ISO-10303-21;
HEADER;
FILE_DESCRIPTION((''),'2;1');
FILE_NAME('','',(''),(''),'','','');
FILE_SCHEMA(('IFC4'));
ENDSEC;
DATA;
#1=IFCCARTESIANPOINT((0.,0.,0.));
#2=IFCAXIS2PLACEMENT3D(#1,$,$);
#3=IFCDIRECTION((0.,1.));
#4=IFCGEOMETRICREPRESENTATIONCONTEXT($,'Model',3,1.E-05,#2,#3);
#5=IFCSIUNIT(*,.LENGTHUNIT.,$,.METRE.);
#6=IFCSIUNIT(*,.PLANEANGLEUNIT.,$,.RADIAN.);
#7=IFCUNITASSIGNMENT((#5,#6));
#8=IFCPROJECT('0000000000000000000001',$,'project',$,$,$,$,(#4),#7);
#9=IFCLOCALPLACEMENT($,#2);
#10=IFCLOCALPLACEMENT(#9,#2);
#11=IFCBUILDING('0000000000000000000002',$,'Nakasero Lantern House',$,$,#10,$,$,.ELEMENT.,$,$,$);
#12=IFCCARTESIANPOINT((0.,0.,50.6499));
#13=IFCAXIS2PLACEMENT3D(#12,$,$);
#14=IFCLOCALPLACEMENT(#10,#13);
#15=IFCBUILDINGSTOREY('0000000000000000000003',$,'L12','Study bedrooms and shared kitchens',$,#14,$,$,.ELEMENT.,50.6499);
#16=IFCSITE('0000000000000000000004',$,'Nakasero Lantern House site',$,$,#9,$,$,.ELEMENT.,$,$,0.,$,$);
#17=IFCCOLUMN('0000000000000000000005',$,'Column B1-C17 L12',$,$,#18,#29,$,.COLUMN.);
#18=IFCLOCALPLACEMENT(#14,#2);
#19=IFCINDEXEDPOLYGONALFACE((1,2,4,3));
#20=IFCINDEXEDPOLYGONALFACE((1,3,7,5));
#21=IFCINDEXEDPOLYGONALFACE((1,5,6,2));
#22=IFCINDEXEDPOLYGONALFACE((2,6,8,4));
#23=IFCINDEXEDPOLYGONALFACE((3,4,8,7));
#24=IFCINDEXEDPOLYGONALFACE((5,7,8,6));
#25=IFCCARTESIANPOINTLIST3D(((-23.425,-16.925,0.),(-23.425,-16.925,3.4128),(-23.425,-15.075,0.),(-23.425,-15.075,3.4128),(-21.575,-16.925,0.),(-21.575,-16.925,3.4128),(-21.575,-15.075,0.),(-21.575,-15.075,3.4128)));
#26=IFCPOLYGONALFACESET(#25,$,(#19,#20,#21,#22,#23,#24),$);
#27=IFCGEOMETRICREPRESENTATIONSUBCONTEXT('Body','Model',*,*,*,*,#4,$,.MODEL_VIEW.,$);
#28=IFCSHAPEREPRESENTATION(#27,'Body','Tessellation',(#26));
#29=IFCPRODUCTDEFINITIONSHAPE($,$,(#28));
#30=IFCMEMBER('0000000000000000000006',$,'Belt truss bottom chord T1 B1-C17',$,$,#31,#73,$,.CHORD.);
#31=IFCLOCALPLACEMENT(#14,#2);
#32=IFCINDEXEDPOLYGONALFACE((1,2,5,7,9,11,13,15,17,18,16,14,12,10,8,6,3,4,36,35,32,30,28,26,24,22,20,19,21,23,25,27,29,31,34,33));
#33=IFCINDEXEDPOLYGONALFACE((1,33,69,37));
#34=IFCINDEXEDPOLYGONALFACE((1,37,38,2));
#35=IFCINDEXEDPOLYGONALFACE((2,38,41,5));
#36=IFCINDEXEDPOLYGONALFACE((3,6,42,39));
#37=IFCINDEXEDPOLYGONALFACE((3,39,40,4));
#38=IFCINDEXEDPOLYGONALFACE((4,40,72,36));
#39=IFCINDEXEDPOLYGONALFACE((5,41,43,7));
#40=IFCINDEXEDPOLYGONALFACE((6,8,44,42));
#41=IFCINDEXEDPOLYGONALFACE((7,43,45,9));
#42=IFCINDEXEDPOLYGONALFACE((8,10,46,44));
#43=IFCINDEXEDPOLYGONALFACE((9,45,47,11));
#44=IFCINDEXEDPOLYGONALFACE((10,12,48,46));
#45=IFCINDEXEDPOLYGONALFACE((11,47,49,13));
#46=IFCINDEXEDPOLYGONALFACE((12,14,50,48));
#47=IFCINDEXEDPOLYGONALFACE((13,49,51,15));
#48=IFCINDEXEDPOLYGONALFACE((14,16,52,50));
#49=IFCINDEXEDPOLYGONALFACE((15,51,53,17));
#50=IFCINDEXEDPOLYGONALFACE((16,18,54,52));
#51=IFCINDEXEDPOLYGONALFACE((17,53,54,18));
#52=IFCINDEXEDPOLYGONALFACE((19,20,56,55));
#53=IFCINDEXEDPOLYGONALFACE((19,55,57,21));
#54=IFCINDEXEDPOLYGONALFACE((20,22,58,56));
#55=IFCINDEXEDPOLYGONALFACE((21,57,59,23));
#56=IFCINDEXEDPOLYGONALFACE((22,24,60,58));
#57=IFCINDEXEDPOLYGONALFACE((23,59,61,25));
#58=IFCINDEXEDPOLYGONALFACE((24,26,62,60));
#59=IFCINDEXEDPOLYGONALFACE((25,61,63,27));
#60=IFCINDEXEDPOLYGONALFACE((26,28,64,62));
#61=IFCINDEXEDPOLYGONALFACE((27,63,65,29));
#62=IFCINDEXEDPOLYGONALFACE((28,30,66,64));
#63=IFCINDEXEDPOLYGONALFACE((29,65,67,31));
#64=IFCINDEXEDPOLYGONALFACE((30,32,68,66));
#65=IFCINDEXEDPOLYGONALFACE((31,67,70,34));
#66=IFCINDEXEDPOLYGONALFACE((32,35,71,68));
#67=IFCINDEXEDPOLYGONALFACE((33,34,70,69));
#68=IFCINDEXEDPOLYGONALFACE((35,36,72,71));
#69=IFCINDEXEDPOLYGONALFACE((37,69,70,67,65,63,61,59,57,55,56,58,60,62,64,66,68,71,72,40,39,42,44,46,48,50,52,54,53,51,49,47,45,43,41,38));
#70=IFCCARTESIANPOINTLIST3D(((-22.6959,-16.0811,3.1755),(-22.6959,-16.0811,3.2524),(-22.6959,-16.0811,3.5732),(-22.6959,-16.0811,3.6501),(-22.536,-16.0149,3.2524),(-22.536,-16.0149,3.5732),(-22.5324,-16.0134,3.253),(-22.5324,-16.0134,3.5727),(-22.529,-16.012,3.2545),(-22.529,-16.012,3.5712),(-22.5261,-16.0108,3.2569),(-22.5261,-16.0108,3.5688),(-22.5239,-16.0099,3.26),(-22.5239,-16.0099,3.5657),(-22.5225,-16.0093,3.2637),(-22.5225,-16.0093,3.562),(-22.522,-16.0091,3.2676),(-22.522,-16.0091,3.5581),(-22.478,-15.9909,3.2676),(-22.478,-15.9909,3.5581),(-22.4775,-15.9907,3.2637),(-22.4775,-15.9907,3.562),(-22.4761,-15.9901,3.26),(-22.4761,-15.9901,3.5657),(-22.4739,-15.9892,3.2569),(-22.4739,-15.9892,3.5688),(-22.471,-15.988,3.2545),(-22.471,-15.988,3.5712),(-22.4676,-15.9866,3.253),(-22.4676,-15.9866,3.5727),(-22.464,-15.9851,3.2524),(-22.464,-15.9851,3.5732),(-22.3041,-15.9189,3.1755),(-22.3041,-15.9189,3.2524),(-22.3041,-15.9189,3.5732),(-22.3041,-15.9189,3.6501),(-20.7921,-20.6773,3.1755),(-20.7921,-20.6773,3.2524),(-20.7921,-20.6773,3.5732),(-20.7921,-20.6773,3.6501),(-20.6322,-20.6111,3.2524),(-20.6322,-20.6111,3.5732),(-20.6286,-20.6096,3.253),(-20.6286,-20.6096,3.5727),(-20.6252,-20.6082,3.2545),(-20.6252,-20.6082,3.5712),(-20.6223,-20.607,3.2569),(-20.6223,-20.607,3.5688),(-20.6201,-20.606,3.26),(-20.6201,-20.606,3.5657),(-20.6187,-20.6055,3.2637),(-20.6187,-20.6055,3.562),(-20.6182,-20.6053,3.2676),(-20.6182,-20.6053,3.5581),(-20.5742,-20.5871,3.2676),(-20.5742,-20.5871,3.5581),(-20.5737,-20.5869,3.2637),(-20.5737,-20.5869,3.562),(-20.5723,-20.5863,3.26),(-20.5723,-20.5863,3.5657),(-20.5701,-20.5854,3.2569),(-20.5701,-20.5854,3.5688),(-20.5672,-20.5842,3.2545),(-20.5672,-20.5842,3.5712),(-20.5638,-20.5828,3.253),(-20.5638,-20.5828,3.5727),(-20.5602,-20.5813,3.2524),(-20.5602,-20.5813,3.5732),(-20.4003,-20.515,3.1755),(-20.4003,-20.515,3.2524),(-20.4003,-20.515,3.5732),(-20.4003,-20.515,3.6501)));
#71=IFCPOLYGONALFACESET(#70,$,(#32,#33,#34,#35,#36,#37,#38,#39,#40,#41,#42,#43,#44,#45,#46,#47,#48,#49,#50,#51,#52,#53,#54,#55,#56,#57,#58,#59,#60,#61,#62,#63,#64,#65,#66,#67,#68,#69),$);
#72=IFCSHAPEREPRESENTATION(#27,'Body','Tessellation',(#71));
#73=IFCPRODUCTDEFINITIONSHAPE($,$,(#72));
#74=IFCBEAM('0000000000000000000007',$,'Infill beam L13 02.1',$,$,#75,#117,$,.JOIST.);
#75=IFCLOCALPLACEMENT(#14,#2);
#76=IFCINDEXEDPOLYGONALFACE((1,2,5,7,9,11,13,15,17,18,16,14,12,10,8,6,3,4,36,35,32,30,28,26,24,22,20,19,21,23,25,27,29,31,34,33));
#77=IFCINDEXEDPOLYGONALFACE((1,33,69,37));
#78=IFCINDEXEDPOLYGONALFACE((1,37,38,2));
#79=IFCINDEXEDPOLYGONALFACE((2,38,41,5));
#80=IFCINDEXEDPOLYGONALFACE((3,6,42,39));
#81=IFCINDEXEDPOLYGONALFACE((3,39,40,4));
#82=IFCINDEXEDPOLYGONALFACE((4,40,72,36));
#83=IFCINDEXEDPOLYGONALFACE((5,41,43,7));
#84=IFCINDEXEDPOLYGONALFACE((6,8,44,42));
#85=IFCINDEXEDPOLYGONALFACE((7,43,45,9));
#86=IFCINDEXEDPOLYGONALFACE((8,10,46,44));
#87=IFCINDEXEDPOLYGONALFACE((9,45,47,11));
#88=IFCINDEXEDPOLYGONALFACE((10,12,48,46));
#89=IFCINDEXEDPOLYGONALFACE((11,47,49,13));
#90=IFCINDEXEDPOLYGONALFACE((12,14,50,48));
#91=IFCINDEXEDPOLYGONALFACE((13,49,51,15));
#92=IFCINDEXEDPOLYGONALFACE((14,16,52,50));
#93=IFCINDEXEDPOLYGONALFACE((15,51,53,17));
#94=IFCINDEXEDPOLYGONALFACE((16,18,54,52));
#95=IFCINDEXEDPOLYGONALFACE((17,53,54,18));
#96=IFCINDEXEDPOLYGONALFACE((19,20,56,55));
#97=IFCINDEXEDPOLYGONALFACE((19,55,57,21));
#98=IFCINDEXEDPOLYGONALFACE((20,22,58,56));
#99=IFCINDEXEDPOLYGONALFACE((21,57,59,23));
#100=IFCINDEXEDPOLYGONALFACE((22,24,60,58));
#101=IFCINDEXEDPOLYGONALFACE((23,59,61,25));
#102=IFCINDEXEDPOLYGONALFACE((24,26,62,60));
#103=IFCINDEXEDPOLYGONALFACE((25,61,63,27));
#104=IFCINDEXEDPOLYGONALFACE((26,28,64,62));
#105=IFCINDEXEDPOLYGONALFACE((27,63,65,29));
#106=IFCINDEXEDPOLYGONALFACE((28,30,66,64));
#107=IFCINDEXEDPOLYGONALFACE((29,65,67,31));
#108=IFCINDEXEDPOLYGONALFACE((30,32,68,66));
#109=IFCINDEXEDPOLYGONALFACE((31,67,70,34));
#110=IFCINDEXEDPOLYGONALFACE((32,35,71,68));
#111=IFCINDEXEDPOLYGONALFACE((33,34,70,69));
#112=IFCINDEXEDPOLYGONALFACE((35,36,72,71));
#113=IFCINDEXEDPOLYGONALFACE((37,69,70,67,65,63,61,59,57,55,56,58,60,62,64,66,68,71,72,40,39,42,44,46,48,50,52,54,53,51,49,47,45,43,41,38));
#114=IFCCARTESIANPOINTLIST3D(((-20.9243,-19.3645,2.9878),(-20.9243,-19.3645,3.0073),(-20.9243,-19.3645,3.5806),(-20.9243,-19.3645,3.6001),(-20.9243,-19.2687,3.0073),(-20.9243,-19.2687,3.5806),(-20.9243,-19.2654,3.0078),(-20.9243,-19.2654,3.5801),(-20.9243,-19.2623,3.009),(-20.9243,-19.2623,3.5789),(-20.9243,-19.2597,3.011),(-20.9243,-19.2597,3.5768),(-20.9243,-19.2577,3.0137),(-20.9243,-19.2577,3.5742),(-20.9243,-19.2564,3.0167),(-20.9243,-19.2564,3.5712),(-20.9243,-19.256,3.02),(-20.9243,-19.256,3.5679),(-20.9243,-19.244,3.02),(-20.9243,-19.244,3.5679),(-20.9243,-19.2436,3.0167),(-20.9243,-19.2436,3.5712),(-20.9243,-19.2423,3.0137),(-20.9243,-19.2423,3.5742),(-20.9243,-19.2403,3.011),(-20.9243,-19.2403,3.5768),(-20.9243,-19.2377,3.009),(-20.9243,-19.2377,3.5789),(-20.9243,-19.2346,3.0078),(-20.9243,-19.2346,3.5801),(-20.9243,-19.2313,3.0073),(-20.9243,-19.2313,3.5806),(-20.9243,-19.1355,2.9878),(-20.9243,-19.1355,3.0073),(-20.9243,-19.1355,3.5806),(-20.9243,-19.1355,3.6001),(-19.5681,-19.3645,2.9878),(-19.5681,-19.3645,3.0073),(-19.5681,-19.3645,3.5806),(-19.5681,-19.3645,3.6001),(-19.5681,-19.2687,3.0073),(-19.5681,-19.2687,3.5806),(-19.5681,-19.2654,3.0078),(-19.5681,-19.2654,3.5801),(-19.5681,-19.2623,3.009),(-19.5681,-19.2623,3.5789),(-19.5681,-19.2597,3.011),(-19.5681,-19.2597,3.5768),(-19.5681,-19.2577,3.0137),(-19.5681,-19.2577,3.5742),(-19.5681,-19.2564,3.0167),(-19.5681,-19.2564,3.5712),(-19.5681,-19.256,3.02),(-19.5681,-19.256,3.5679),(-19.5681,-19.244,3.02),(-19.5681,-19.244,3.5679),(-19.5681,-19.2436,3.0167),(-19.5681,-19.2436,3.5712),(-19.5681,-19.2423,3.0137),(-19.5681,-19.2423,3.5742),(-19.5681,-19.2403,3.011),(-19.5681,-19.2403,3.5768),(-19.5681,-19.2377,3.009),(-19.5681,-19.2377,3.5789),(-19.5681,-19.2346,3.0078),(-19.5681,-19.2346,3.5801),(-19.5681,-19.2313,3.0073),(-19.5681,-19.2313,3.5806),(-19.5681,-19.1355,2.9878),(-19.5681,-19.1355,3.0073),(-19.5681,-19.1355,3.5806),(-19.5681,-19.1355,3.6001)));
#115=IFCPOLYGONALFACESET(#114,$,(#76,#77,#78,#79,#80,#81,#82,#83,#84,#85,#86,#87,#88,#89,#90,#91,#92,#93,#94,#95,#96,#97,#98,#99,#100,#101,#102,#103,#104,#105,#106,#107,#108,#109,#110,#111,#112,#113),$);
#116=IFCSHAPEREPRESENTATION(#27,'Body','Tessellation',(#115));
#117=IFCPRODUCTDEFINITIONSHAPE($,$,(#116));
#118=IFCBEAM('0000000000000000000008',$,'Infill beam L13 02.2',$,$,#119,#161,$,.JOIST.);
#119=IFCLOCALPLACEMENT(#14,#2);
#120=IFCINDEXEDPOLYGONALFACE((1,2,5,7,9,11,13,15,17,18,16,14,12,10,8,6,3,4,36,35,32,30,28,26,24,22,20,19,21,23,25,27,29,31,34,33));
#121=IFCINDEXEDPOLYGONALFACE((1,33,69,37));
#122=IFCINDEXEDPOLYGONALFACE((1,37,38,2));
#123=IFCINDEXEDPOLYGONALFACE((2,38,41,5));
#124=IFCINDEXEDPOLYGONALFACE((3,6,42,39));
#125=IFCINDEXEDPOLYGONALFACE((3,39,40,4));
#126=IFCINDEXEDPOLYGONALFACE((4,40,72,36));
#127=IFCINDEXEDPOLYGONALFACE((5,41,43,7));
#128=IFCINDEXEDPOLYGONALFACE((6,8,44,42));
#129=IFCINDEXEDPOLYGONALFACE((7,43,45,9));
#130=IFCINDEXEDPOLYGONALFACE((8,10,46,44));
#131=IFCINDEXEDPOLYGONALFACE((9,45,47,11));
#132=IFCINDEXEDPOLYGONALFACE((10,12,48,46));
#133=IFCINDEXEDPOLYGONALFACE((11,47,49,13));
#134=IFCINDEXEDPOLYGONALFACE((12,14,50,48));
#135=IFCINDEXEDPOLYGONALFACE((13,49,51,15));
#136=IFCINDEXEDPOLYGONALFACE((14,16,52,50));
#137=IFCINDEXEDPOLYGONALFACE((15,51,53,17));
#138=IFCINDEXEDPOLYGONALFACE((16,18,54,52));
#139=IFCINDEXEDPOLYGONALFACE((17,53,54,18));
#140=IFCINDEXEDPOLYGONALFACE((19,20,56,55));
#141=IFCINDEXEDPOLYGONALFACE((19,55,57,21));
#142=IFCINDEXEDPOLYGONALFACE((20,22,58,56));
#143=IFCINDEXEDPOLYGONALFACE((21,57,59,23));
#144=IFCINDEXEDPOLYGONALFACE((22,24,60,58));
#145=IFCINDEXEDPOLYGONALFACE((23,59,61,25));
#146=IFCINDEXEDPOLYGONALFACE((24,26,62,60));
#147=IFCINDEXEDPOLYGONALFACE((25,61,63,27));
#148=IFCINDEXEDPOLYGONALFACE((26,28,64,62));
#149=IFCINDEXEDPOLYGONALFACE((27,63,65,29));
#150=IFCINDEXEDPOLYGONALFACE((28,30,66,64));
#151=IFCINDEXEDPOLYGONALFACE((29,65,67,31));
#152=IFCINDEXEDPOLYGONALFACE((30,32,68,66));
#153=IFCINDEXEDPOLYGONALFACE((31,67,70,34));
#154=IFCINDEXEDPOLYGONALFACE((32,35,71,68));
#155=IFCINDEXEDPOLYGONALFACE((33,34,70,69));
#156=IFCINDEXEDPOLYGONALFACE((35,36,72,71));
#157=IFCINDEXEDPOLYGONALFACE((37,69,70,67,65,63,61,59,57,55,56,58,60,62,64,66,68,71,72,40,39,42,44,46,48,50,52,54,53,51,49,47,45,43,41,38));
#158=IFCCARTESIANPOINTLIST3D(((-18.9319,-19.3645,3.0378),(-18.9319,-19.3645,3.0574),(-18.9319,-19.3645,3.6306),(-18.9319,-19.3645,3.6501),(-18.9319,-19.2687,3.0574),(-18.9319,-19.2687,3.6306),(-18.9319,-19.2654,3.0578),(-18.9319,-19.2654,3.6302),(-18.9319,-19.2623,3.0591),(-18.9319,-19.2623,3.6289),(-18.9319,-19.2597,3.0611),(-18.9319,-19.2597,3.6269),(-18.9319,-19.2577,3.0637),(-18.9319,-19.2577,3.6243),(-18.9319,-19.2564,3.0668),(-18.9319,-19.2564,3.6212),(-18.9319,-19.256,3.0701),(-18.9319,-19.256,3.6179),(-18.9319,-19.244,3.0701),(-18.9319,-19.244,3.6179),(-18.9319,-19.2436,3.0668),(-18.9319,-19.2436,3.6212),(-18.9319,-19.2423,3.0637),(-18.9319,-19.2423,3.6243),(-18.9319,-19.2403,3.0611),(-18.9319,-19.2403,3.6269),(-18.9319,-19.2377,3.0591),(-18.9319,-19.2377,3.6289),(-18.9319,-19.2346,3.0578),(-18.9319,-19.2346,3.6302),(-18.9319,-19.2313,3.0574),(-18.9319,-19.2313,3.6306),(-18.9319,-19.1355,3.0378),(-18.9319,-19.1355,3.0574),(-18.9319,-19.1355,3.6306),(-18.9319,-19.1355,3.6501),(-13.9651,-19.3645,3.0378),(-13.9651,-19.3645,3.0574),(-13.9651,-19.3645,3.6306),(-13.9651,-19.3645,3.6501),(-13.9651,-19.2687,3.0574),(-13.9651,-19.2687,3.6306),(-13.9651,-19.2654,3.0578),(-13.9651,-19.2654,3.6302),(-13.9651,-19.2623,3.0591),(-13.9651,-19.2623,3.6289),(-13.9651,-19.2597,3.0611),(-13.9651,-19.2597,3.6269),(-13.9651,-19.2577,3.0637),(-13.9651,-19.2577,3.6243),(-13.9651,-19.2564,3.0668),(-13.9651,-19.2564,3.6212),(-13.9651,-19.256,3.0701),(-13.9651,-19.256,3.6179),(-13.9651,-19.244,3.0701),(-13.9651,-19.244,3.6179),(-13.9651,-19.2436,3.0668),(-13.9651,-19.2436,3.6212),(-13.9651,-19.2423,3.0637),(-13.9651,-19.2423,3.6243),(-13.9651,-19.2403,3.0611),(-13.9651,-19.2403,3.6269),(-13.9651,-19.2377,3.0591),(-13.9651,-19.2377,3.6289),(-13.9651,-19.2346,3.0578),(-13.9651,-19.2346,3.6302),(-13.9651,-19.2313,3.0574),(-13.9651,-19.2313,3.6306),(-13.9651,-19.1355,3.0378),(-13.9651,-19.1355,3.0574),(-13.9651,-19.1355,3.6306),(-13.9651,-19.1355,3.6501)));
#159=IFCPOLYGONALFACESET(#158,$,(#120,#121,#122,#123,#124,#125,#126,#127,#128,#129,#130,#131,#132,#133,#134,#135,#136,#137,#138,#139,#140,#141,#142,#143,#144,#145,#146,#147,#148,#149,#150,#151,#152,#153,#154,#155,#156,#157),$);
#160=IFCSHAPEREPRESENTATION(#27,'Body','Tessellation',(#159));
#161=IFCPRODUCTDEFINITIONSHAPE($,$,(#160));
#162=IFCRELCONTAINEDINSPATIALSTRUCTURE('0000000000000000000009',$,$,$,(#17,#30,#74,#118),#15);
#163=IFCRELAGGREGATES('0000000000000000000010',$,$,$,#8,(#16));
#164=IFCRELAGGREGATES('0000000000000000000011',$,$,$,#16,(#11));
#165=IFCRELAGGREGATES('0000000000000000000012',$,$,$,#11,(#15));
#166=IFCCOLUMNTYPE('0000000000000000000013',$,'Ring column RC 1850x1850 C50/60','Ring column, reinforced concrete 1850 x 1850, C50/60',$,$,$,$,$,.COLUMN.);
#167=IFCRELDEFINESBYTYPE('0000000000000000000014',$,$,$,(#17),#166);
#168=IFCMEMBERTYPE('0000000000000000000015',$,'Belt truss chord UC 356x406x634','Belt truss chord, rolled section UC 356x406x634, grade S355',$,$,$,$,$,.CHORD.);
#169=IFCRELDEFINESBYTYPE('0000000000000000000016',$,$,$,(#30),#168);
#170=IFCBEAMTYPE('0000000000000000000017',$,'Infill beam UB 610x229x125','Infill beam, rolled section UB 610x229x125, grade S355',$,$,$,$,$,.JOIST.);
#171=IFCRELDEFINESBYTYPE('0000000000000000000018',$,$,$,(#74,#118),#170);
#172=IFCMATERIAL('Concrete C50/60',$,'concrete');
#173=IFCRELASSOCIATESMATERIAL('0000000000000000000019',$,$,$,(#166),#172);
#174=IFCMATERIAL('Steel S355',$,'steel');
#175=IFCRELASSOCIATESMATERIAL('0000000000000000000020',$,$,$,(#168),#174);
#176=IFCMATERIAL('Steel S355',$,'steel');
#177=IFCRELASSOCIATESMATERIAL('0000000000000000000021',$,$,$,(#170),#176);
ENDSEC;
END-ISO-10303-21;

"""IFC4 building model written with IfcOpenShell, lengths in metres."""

from ifc_helpers import new_model, si_unit, direction, frame, origin, origin_2d, place, context, subcontext, project, spatial, rectangle, i_section, extrude, material, material_profile, profile_set, type_object, element, save


model = new_model("IFC4")

# Units and contexts
model_context = context("Model", 3, precision=1e-05, world=origin(), true_north=direction((0.0, 1.0)))
body_context = subcontext(model_context, "Body", "Model", "MODEL_VIEW")
ifc_project = project(units=[si_unit("LENGTHUNIT", "METRE"), si_unit("PLANEANGLEUNIT", "RADIAN")], contexts=[model_context])

# Site, building, storey
site_placement = place(None, origin())
site = spatial("IfcSite", under=ifc_project, at=site_placement, Name="Nakasero Lantern House site", CompositionType="ELEMENT", RefElevation=0.0)
building_placement = place(site_placement, origin())
building = spatial("IfcBuilding", under=site, at=building_placement, Name="Nakasero Lantern House", CompositionType="ELEMENT")
storey_placement = place(building_placement, frame((0.0, 0.0, 50.6499)))
storey = spatial("IfcBuildingStorey", under=building, at=storey_placement, Name="L12", Description="Study bedrooms and shared kitchens", CompositionType="ELEMENT", Elevation=50.6499)

# Column
ifc_material_1 = material(Name="Concrete C50/60", Category="concrete")
ifc_material_profile_1 = material_profile(ifc_material_1, rectangle(XDim=1.8501, YDim=1.8501, at=origin_2d()), Name="RC 1850x1850")
ifc_profile_set_1 = profile_set([ifc_material_profile_1], Name="Concrete C50/60")
column_type = type_object("IfcColumnType", Name="Ring column RC 1850x1850 C50/60", Description="Ring column, reinforced concrete 1850 x 1850, C50/60", PredefinedType="COLUMN", material=ifc_profile_set_1)
column_placement = place(storey_placement, frame((-22.5, -16.0, 0.0), z_axis=(0.0, 0.0, 1.0), x_axis=(1.0, 0.0, 0.0)))
element("IfcColumn", 1, at=column_placement, inside=storey, type_object=column_type, Name="Column B1-C17 L12", PredefinedType="COLUMN", context=body_context, shape_type="SweptSolid", body=[
    extrude(rectangle(XDim=1.8501, YDim=1.8501, at=origin_2d()), origin(), (0.0, 0.0, 1.0), 3.4128),
])

# Member
ifc_material_2 = material(Name="Steel S355", Category="steel")
ifc_material_profile_2 = material_profile(ifc_material_2, i_section(OverallWidth=0.4241, OverallDepth=0.4746, WebThickness=0.0476, FlangeThickness=0.0769, FilletRadius=0.0151, at=origin_2d()), Name="UC 356x406x634")
ifc_profile_set_2 = profile_set([ifc_material_profile_2], Name="Steel S355")
member_type = type_object("IfcMemberType", Name="Belt truss chord UC 356x406x634", Description="Belt truss chord, rolled section UC 356x406x634, grade S355", PredefinedType="CHORD", material=ifc_profile_set_2)
member_placement = place(storey_placement, frame((-22.5, -16.0, 3.4128), z_axis=(0.382684, -0.923879, 0.0), x_axis=(0.923879, 0.382684, 0.0)))
element("IfcMember", 2, at=member_placement, inside=storey, type_object=member_type, Name="Belt truss bottom chord T1 B1-C17", PredefinedType="CHORD", context=body_context, shape_type="SweptSolid", body=[
    extrude(i_section(OverallWidth=0.4241, OverallDepth=0.4746, WebThickness=0.0476, FlangeThickness=0.0769, FilletRadius=0.0151, at=origin_2d()), origin(), (0.0, 0.0, 1.0), 4.9749),
])

# Beams
ifc_material_3 = material(Name="Steel S355", Category="steel")
ifc_material_profile_3 = material_profile(ifc_material_3, i_section(OverallWidth=0.229, OverallDepth=0.6123, WebThickness=0.012, FlangeThickness=0.0195, FilletRadius=0.0127, at=origin_2d()), Name="UB 610x229x125")
ifc_profile_set_3 = profile_set([ifc_material_profile_3], Name="Steel S355")
beam_type_1 = type_object("IfcBeamType", Name="Infill beam UB 610x229x125", Description="Infill beam, rolled section UB 610x229x125, grade S355", PredefinedType="JOIST", material=ifc_profile_set_3)
beam_1_placement = place(storey_placement, frame((-20.9243, -19.25, 3.2939), z_axis=(1.0, 0.0, 0.0), x_axis=(0.0, 1.0, 0.0)))
element("IfcBeam", 3, at=beam_1_placement, inside=storey, type_object=beam_type_1, Name="Infill beam L13 02.1", PredefinedType="JOIST", context=body_context, shape_type="SweptSolid", body=[
    extrude(i_section(OverallWidth=0.229, OverallDepth=0.6123, WebThickness=0.012, FlangeThickness=0.0195, FilletRadius=0.0127, at=origin_2d()), origin(), (0.0, 0.0, 1.0), 1.3562),
])
beam_2_placement = place(storey_placement, frame((-18.9319, -19.25, 3.344), z_axis=(1.0, 0.0, 0.0), x_axis=(0.0, 1.0, 0.0)))
element("IfcBeam", 4, at=beam_2_placement, inside=storey, type_object=beam_type_1, Name="Infill beam L13 02.2", PredefinedType="JOIST", context=body_context, shape_type="SweptSolid", body=[
    extrude(i_section(OverallWidth=0.229, OverallDepth=0.6123, WebThickness=0.012, FlangeThickness=0.0195, FilletRadius=0.0127, at=origin_2d()), origin(), (0.0, 0.0, 1.0), 4.9668),
])

save(model, "model.ifc")
